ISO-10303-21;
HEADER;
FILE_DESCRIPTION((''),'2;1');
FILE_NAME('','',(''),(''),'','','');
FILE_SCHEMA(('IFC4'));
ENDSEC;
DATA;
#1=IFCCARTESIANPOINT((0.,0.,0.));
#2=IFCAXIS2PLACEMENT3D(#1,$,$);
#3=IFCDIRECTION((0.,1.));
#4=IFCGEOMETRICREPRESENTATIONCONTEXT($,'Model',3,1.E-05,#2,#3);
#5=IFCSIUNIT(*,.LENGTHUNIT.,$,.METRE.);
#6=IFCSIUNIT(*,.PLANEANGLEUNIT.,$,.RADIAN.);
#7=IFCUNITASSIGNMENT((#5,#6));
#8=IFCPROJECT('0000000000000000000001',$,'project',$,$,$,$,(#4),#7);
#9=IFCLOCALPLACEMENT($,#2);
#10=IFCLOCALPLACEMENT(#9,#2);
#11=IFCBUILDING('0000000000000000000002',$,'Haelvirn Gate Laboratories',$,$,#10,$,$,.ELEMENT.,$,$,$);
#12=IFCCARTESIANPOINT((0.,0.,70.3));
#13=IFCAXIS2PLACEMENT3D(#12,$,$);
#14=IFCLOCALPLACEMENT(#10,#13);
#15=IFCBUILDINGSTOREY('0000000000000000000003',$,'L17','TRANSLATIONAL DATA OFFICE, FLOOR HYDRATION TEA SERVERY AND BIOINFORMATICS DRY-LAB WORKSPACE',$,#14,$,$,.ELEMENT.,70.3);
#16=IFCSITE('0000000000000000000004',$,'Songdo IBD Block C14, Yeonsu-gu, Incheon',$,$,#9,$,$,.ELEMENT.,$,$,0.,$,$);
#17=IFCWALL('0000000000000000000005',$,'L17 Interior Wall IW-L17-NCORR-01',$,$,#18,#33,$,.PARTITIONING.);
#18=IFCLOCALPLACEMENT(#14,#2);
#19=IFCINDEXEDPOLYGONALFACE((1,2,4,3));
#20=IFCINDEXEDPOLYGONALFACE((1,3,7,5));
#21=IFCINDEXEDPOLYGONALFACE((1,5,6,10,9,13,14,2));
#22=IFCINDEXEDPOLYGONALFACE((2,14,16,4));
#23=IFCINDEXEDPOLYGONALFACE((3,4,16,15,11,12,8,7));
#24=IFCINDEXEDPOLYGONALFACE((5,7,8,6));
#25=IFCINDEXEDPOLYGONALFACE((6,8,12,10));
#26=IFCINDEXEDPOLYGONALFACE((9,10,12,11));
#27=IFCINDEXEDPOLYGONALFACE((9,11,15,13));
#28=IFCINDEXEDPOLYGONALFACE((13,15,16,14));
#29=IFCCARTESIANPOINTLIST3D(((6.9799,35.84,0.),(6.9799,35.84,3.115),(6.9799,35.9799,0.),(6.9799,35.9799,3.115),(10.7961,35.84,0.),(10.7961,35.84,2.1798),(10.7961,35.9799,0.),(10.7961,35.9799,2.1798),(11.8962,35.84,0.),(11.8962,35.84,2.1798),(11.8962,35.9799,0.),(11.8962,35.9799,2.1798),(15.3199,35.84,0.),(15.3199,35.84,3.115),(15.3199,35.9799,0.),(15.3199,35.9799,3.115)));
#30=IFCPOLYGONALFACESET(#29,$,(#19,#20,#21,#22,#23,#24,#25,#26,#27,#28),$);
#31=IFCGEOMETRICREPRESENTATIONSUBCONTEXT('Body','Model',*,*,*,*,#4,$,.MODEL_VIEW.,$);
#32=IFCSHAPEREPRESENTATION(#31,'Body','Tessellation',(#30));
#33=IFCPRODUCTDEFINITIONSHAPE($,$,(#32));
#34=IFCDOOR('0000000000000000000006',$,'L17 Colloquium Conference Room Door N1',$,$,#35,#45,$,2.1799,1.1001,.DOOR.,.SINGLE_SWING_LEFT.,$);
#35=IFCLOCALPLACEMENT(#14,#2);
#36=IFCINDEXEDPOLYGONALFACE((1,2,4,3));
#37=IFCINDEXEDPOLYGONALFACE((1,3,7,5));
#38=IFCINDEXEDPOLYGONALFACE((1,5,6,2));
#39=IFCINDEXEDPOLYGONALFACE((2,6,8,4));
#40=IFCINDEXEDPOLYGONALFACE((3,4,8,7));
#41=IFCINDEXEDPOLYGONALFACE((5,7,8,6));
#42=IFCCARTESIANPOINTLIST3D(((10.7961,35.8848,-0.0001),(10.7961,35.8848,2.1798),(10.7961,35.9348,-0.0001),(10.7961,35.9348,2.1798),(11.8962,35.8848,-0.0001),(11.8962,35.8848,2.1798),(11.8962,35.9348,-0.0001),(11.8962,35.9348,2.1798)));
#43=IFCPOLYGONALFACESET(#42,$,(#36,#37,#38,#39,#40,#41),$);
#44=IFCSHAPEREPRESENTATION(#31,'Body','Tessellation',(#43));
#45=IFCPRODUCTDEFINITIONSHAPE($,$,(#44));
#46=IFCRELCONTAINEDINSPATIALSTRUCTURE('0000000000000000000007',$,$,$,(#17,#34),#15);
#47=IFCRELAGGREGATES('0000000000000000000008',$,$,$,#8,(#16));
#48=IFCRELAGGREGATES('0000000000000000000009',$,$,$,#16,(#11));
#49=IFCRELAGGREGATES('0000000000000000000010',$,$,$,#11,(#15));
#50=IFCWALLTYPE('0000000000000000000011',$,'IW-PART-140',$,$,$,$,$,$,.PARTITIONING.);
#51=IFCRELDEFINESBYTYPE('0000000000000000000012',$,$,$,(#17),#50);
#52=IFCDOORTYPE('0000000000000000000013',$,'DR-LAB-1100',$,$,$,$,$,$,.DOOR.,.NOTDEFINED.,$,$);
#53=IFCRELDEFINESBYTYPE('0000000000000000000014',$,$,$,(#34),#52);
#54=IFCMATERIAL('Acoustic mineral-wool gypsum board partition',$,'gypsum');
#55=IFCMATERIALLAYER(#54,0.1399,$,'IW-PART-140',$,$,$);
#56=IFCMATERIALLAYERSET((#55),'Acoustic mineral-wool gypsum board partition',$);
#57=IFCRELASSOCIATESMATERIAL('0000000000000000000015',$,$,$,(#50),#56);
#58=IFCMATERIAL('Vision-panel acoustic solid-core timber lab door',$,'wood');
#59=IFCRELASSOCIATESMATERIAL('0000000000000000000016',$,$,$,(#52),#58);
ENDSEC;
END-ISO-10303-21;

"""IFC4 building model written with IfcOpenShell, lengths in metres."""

from ifc_helpers import new_model, si_unit, direction, frame, frame_2d, origin, place, context, subcontext, project, spatial, rectangle, extrude, source, transform, mapped, material, layer, layer_set, type_object, type_shapes, element, fill, save


model = new_model("IFC4")

# Units and contexts
model_context = context("Model", 3, precision=1e-05, world=origin(), true_north=direction((0.0, 1.0)))
body_context = subcontext(model_context, "Body", "Model", "MODEL_VIEW")
ifc_project = project(units=[si_unit("LENGTHUNIT", "METRE"), si_unit("PLANEANGLEUNIT", "RADIAN")], contexts=[model_context])

# Site, building, storey
site_placement = place(None, origin())
site = spatial("IfcSite", under=ifc_project, at=site_placement, Name="Songdo IBD Block C14, Yeonsu-gu, Incheon", CompositionType="ELEMENT", RefElevation=0.0)
building_placement = place(site_placement, origin())
building = spatial("IfcBuilding", under=site, at=building_placement, Name="Haelvirn Gate Laboratories", CompositionType="ELEMENT")
storey_placement = place(building_placement, frame((0.0, 0.0, 70.3)))
storey = spatial("IfcBuildingStorey", under=building, at=storey_placement, Name="L17", Description="TRANSLATIONAL DATA OFFICE, FLOOR HYDRATION TEA SERVERY AND BIOINFORMATICS DRY-LAB WORKSPACE", CompositionType="ELEMENT", Elevation=70.3)

# Wall, opening, door
ifc_material_1 = material(Name="Acoustic mineral-wool gypsum board partition", Category="gypsum")
ifc_layer_1 = layer(ifc_material_1, 0.1399, Name="IW-PART-140")
ifc_layer_set_1 = layer_set([ifc_layer_1], Name="Acoustic mineral-wool gypsum board partition")
wall_type_1 = type_object("IfcWallType", Name="IW-PART-140", PredefinedType="PARTITIONING", material=ifc_layer_set_1)
wall_1_placement = place(storey_placement, frame((6.98, 35.9099, 0.0), z_axis=(0.0, 0.0, 1.0), x_axis=(1.0, 0.0, 0.0)))
wall_1 = element("IfcWall", 1, at=wall_1_placement, inside=storey, type_object=wall_type_1, Name="L17 Interior Wall IW-L17-NCORR-01", PredefinedType="PARTITIONING", context=body_context, shape_type="SweptSolid", body=[
    extrude(rectangle(XDim=8.3401, YDim=0.1399, at=frame_2d((4.1699, 0.0))), origin(), (0.0, 0.0, 1.0), 3.115),
])
opening_1_placement = place(wall_1_placement, frame((3.8162, 0.0, 0.0)))
opening_1 = element("IfcOpeningElement", 2, at=opening_1_placement, cuts=wall_1, PredefinedType="OPENING", context=body_context, shape_type="SweptSolid", body=[
    extrude(rectangle(XDim=1.1001, YDim=2.1799, at=frame_2d((0.55, 1.0898))), frame((0.0, 0.0801, 0.0), z_axis=(0.0, -1.0, 0.0), x_axis=(1.0, 0.0, 0.0)), (0.0, 0.0, 1.0), 0.1599),
])
ifc_material_2 = material(Name="Vision-panel acoustic solid-core timber lab door", Category="wood")
door_type_1 = type_object("IfcDoorType", Name="DR-LAB-1100", OperationType="NOTDEFINED", PredefinedType="DOOR", material=ifc_material_2)
shared_shape_1 = source(origin(), body_context, "Body", "SweptSolid", [
    extrude(rectangle(XDim=1.1001, YDim=2.1799, at=frame_2d((0.55, 1.0898))), frame((0.0, 0.0249, 0.0), z_axis=(0.0, -1.0, 0.0), x_axis=(1.0, 0.0, 0.0)), (0.0, 0.0, 1.0), 0.05),
])
type_shapes(door_type_1, [shared_shape_1])
door_1_placement = place(opening_1_placement, origin())
door_1 = element("IfcDoor", 3, at=door_1_placement, inside=storey, type_object=door_type_1, Name="L17 Colloquium Conference Room Door N1", OperationType="SINGLE_SWING_LEFT", OverallHeight=2.1799, OverallWidth=1.1001, PredefinedType="DOOR", context=body_context, shape_type="MappedRepresentation", body=[
    mapped(shared_shape_1, transform((0.0, 0.0, 0.0), scale=1.0)),
])
fill(opening_1, door_1)

save(model, "model.ifc")
